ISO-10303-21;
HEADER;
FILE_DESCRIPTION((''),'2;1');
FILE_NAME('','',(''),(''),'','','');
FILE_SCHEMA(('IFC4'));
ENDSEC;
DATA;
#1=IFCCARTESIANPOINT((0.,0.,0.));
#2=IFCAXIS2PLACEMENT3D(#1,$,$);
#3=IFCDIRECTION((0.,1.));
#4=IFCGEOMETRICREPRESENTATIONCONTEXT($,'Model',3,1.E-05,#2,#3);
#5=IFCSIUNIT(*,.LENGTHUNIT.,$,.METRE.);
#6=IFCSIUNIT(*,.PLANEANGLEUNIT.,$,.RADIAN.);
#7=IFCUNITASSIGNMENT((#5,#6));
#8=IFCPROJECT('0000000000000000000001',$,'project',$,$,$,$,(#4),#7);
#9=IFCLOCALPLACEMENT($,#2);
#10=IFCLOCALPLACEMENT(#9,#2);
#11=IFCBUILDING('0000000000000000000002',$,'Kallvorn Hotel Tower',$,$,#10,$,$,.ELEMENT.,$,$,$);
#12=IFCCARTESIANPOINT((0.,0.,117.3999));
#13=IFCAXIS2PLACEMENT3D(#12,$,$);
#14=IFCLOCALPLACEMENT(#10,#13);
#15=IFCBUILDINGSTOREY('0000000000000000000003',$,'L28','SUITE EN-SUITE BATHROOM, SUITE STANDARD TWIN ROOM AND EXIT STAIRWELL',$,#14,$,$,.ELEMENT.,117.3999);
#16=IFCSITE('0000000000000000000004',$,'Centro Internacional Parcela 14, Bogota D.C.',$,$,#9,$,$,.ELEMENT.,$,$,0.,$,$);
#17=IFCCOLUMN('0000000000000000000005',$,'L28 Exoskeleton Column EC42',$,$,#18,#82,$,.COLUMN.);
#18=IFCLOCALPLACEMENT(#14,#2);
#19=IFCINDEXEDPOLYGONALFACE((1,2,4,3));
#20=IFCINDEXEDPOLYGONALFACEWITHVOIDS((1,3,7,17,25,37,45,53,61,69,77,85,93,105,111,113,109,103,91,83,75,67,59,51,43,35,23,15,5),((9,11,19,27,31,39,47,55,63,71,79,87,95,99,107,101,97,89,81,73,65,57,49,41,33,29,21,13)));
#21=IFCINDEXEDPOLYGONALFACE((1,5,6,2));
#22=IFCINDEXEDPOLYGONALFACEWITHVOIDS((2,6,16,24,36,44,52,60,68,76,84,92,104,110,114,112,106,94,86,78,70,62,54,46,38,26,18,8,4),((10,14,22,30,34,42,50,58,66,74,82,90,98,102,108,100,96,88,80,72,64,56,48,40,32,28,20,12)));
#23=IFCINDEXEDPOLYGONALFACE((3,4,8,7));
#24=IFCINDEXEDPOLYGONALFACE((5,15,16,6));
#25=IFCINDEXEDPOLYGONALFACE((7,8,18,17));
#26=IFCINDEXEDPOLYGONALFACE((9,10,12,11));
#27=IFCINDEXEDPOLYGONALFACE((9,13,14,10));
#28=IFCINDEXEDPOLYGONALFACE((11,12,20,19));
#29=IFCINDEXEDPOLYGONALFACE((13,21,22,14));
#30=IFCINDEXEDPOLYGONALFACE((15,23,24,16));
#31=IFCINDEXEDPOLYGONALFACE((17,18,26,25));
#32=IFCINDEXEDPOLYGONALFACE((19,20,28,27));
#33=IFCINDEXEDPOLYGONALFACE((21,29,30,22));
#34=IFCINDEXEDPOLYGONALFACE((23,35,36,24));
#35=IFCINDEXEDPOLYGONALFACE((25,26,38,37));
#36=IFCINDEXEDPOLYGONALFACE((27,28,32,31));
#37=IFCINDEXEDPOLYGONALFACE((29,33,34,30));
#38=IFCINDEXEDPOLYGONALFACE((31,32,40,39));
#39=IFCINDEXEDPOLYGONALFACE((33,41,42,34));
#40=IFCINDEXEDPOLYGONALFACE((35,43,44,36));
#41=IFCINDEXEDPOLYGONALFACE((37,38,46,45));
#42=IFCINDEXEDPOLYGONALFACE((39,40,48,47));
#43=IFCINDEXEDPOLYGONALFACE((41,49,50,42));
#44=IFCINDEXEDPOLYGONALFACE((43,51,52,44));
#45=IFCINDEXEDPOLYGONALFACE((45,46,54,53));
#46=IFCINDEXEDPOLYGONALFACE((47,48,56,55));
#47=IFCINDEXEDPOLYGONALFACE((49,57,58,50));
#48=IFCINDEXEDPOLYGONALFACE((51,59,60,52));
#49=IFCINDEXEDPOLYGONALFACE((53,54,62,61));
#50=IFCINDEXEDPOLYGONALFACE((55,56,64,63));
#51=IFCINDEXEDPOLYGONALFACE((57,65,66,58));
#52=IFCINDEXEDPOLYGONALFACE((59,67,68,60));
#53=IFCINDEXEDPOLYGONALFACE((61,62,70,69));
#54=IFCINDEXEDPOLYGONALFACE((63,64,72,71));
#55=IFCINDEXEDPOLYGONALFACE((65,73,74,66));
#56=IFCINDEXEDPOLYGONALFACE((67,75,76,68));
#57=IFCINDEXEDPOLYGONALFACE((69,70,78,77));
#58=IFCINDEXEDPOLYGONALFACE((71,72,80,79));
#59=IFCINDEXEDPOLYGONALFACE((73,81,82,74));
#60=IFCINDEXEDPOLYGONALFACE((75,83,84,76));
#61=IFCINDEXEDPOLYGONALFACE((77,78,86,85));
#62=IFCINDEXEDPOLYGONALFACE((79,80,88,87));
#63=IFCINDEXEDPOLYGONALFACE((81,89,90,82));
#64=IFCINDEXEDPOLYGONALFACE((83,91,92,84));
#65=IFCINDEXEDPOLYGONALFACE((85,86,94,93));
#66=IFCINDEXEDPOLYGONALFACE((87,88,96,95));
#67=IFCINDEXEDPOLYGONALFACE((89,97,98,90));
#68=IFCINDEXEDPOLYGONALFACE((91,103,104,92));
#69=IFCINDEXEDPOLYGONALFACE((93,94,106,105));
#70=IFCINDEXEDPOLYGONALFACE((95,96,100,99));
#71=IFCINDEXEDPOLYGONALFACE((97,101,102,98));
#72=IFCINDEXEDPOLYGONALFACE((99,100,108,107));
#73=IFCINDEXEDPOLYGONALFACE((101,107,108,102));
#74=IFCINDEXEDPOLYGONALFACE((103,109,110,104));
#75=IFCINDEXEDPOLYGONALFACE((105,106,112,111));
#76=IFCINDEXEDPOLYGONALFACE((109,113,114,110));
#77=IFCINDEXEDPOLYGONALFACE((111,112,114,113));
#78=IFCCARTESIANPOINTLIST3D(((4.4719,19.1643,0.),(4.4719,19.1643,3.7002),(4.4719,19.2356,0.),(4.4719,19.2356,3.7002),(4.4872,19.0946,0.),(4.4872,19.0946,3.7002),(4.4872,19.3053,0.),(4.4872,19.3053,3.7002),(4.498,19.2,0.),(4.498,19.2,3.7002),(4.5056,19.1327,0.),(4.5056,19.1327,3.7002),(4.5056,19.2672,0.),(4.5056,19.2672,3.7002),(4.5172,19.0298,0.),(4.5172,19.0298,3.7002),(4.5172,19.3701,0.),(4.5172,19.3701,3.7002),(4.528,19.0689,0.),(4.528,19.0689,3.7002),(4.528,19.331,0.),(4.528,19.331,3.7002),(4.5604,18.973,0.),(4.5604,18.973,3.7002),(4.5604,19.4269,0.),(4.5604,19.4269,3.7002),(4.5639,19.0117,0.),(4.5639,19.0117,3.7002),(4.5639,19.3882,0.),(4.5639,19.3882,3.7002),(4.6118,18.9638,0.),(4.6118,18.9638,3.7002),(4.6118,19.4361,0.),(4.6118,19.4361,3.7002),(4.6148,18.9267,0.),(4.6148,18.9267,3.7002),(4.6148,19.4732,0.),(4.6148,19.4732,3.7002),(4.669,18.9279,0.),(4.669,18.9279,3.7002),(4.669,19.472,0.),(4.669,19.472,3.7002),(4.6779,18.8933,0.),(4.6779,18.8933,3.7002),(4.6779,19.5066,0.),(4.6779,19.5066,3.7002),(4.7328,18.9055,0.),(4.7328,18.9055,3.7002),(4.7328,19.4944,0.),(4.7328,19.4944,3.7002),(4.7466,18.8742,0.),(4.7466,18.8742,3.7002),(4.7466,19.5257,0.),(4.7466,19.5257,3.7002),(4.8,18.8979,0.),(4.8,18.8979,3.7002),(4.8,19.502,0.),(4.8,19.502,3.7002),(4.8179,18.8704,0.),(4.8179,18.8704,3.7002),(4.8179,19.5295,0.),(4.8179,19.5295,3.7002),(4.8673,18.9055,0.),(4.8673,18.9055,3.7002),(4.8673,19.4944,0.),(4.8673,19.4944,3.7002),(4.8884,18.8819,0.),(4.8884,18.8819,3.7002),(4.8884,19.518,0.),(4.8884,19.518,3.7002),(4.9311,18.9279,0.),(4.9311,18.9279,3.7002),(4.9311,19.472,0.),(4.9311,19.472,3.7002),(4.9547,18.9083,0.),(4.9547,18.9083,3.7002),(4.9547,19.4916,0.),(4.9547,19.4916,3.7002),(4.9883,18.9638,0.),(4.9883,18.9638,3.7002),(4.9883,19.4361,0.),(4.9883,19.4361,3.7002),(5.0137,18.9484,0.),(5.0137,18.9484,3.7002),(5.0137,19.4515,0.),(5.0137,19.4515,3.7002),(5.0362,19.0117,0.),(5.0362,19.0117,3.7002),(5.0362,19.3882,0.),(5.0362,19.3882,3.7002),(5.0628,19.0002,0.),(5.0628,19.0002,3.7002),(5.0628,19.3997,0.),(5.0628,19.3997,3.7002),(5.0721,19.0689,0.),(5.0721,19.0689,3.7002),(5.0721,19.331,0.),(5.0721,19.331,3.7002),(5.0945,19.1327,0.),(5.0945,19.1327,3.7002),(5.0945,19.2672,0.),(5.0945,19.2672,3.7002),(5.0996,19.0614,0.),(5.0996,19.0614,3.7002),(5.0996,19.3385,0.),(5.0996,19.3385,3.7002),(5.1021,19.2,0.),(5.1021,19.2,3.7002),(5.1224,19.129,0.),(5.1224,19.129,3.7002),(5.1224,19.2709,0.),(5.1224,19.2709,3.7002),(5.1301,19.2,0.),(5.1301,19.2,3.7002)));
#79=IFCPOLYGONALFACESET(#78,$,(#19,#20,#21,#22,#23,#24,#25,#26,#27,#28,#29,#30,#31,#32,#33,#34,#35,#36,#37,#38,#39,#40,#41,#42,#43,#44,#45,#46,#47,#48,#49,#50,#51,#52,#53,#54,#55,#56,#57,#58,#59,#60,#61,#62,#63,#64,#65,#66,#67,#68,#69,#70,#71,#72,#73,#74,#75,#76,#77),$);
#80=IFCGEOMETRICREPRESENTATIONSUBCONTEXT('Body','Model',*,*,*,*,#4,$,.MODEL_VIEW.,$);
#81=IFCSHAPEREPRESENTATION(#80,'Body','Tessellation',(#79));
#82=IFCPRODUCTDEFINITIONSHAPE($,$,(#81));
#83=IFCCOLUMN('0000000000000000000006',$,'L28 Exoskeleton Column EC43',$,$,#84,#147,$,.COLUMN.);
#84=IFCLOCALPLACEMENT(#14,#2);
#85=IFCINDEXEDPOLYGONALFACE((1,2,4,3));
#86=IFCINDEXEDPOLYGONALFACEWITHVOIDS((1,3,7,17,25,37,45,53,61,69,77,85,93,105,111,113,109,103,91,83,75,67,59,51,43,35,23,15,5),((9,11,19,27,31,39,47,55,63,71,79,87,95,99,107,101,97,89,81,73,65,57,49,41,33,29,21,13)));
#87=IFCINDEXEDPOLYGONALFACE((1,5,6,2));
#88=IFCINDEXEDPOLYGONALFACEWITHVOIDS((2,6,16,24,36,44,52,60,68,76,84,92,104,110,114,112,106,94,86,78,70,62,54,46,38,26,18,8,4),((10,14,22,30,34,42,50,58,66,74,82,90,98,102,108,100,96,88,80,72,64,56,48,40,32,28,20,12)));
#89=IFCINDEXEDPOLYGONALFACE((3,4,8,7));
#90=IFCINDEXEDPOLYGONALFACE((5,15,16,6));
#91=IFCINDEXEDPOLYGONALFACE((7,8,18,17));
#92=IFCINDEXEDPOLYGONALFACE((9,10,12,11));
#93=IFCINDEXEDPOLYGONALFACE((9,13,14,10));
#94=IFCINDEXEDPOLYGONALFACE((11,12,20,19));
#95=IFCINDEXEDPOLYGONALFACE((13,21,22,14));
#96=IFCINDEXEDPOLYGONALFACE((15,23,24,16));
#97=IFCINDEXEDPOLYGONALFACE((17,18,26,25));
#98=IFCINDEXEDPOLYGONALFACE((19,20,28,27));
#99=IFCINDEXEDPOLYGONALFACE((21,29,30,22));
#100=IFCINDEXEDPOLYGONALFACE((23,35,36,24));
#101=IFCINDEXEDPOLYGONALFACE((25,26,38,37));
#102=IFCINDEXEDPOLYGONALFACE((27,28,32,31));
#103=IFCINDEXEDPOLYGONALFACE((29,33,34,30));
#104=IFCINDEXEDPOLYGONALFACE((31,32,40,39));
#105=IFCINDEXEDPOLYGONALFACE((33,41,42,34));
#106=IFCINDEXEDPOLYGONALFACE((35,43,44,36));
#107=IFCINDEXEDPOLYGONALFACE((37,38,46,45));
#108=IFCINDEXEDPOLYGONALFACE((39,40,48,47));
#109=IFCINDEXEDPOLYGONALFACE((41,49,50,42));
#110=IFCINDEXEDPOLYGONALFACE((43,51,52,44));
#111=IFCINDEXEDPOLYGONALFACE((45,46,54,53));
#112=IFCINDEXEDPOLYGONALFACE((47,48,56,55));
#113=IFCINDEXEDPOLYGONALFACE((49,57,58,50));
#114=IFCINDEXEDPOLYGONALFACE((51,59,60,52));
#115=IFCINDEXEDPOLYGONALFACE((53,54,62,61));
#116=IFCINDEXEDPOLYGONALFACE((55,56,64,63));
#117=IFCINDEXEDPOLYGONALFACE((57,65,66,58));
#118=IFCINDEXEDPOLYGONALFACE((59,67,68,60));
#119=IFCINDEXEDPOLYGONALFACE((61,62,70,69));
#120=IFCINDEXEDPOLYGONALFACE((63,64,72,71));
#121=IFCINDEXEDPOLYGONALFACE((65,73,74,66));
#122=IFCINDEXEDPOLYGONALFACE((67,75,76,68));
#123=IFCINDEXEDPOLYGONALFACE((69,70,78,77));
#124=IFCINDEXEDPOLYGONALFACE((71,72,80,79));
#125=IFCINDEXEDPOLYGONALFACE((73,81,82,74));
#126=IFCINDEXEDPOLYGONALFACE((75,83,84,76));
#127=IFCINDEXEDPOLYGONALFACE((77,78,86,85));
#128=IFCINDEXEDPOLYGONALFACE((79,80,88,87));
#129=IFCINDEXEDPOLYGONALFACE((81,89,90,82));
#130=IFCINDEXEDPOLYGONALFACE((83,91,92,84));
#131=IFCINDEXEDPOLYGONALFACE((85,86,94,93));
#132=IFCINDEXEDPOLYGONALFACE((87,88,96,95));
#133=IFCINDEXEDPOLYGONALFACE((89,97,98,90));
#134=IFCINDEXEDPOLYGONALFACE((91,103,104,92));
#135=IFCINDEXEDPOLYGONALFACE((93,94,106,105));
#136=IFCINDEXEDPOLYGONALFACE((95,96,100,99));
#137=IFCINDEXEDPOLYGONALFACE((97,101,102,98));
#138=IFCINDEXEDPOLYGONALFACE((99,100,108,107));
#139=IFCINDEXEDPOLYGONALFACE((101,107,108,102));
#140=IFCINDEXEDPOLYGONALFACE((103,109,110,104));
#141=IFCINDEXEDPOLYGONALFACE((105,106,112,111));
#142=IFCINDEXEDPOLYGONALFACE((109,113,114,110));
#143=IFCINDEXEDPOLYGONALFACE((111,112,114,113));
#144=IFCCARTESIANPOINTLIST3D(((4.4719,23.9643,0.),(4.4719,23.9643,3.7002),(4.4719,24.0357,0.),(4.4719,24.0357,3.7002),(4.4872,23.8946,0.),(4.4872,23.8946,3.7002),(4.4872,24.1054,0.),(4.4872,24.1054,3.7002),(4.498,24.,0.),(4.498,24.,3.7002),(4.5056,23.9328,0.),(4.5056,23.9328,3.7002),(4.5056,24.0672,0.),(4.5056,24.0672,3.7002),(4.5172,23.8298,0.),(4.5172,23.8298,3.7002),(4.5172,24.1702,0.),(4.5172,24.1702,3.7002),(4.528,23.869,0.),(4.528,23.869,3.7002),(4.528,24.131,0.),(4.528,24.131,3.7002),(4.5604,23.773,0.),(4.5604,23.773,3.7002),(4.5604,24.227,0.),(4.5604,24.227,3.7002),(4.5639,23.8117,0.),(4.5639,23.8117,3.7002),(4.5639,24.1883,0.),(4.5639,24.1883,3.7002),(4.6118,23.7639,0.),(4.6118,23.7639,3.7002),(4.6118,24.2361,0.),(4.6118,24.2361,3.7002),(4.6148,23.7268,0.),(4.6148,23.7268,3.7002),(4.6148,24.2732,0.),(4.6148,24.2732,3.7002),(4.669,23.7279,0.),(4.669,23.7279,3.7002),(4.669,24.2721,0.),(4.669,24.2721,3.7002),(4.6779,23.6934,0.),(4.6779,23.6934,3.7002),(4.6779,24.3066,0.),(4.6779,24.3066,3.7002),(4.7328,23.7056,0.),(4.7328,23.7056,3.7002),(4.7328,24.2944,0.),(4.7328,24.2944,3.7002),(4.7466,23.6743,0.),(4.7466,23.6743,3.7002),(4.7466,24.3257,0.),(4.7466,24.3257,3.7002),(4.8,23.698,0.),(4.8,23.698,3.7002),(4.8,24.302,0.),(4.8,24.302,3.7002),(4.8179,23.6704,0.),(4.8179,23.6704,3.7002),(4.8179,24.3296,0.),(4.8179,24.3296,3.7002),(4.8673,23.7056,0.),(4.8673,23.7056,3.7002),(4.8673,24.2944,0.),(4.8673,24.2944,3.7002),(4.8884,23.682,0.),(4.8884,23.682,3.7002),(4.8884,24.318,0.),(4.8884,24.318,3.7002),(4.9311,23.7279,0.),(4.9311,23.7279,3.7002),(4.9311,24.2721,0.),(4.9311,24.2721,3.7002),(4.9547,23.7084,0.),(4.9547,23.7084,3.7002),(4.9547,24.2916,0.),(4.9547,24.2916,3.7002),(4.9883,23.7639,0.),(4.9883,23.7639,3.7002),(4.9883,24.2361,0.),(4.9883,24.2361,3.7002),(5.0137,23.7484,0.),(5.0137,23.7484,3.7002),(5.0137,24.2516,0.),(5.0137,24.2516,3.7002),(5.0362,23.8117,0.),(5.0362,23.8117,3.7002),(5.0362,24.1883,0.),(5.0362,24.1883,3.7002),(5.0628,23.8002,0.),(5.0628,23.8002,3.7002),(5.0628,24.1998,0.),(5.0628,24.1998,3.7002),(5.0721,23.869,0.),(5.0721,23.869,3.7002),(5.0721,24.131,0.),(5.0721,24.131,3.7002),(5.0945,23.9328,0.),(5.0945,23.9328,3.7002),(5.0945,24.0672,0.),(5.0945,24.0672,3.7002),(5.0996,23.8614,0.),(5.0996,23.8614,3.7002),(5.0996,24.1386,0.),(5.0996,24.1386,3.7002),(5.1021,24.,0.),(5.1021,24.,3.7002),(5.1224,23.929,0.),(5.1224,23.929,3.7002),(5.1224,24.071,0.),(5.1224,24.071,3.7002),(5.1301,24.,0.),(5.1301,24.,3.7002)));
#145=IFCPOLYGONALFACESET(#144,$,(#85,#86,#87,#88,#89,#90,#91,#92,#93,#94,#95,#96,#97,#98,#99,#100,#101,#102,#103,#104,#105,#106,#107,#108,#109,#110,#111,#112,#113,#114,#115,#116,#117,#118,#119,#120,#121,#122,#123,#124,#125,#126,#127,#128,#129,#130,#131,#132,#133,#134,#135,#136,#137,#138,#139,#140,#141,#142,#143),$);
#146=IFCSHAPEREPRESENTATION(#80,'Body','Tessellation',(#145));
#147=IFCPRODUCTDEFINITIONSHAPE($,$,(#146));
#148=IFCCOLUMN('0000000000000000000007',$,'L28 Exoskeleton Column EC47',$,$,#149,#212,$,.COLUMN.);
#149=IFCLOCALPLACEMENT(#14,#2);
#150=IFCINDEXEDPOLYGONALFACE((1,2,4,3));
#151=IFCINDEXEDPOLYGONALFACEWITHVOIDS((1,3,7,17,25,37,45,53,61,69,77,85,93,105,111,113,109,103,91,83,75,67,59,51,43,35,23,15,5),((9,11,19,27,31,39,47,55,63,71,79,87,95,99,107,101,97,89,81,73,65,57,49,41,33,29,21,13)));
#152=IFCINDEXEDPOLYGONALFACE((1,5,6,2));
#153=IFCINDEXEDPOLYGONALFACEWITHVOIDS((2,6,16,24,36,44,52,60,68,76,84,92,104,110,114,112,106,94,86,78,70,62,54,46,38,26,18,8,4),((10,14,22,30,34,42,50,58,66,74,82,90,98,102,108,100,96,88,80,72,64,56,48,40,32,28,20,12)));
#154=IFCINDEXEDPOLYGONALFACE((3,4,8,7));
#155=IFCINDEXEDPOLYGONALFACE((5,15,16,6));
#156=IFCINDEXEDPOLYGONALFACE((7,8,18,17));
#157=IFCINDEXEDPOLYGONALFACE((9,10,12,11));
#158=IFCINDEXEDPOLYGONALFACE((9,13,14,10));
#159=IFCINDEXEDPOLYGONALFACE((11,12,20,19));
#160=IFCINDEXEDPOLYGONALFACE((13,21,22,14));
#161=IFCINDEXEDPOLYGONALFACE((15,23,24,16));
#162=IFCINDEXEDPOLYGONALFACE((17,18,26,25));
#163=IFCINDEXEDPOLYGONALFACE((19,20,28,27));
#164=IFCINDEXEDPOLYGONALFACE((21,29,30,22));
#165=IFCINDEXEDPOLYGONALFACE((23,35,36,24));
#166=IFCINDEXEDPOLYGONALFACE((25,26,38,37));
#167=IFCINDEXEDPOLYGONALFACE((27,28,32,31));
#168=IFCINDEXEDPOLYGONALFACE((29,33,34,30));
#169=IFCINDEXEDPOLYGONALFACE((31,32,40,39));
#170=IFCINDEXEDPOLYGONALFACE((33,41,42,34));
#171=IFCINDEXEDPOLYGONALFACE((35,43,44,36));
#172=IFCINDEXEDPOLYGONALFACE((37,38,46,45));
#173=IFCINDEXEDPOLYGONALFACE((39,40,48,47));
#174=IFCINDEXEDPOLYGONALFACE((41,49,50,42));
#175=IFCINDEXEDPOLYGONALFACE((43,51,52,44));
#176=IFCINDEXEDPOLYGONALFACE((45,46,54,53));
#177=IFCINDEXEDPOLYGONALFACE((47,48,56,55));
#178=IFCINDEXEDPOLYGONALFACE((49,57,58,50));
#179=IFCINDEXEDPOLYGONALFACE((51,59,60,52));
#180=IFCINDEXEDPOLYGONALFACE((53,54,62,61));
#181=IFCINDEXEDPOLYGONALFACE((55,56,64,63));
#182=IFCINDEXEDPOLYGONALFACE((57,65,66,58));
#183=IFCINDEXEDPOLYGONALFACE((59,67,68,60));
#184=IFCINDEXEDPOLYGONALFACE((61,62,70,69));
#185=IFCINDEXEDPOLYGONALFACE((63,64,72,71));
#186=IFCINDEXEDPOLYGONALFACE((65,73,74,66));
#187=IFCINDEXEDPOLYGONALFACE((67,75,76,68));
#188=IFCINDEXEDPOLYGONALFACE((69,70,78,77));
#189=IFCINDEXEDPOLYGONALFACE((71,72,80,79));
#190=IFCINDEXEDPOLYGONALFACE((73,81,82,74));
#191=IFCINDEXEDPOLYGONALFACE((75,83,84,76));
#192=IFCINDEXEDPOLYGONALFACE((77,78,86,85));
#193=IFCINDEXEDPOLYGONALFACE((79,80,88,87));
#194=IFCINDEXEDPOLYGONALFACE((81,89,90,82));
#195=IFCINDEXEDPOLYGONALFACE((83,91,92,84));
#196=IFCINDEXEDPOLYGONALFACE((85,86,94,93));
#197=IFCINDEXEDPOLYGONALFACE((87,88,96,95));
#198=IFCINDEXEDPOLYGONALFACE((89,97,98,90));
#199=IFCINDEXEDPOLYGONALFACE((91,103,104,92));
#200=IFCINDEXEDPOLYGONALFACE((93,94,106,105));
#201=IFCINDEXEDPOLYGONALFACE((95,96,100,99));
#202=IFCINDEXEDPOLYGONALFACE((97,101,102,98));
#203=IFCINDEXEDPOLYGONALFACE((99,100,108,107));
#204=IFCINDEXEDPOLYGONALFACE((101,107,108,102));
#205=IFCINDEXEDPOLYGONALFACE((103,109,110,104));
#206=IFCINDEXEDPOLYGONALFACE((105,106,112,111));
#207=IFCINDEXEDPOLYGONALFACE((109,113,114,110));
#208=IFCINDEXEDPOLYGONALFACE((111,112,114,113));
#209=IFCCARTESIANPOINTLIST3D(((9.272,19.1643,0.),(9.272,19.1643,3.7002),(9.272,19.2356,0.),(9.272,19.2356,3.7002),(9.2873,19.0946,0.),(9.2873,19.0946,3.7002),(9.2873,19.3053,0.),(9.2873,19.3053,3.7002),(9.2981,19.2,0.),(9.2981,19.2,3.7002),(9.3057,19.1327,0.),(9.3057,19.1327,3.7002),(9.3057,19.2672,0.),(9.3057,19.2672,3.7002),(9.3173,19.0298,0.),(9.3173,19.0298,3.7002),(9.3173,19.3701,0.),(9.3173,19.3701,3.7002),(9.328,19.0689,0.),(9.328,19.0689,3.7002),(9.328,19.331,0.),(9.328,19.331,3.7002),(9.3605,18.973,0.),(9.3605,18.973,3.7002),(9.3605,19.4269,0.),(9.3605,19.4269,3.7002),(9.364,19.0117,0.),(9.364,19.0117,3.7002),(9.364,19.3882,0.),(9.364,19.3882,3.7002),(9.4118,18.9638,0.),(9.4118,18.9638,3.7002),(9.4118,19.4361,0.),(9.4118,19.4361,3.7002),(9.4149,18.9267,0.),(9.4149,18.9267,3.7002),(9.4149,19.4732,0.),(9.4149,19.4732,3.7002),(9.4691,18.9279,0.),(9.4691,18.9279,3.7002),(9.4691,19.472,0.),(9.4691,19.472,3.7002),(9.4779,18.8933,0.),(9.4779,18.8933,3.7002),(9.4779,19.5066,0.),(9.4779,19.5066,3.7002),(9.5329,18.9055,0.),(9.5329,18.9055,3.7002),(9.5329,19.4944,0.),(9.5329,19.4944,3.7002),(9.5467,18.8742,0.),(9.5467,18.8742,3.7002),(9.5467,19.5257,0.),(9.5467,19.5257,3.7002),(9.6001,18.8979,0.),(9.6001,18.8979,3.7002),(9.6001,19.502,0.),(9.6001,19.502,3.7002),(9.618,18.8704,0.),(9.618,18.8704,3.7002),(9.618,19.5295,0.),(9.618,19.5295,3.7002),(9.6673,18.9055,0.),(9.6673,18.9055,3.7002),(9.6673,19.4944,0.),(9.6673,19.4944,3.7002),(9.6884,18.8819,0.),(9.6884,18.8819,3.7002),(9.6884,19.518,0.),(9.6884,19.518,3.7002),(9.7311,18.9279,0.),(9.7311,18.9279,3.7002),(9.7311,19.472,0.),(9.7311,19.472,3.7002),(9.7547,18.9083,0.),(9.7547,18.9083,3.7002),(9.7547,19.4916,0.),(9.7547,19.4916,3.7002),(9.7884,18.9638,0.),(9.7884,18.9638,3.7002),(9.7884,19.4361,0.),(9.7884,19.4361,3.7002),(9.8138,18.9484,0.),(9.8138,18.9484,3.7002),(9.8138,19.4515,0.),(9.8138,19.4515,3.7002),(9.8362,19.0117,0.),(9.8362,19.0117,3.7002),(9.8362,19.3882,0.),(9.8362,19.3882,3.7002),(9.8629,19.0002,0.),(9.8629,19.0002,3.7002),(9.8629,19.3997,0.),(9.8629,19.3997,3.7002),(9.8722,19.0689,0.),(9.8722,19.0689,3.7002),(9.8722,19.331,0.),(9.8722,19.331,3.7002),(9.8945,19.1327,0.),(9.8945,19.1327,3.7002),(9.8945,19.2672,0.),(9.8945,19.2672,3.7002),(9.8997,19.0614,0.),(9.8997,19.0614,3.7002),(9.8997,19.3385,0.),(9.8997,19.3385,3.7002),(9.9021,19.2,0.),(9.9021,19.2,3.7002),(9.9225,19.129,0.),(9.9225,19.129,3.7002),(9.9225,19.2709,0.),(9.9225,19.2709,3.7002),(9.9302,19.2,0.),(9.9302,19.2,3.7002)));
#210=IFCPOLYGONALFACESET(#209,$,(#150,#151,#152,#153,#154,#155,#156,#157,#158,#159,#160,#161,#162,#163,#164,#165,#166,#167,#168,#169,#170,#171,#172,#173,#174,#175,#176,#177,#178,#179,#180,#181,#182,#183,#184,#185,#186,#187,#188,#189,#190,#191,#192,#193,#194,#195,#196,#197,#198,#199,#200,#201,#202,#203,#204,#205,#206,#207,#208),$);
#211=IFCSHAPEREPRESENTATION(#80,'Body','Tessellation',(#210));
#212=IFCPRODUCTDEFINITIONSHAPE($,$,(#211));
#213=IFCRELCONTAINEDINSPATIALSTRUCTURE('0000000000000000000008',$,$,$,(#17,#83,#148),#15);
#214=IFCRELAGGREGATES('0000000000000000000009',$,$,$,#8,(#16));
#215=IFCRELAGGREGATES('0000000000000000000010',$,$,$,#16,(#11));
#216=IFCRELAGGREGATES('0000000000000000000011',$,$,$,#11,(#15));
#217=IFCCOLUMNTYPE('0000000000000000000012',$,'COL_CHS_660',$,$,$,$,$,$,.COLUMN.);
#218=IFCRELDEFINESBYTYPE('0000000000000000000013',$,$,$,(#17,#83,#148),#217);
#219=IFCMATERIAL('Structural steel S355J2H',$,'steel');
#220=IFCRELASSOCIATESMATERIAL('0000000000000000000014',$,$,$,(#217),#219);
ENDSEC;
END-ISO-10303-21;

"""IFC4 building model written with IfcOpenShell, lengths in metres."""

from ifc_helpers import new_model, si_unit, direction, frame, origin, origin_2d, place, context, subcontext, project, spatial, hollow_circle, extrude, material, material_profile, profile_set, type_object, element, save


model = new_model("IFC4")

# Units and contexts
model_context = context("Model", 3, precision=1e-05, world=origin(), true_north=direction((0.0, 1.0)))
body_context = subcontext(model_context, "Body", "Model", "MODEL_VIEW")
ifc_project = project(units=[si_unit("LENGTHUNIT", "METRE"), si_unit("PLANEANGLEUNIT", "RADIAN")], contexts=[model_context])

# Site, building, storey
site_placement = place(None, origin())
site = spatial("IfcSite", under=ifc_project, at=site_placement, Name="Centro Internacional Parcela 14, Bogota D.C.", CompositionType="ELEMENT", RefElevation=0.0)
building_placement = place(site_placement, origin())
building = spatial("IfcBuilding", under=site, at=building_placement, Name="Kallvorn Hotel Tower", CompositionType="ELEMENT")
storey_placement = place(building_placement, frame((0.0, 0.0, 117.3999)))
storey = spatial("IfcBuildingStorey", under=building, at=storey_placement, Name="L28", Description="SUITE EN-SUITE BATHROOM, SUITE STANDARD TWIN ROOM AND EXIT STAIRWELL", CompositionType="ELEMENT", Elevation=117.3999)

# Columns
ifc_material_1 = material(Name="Structural steel S355J2H", Category="steel")
ifc_material_profile_1 = material_profile(ifc_material_1, hollow_circle(Radius=0.3301, WallThickness=0.0281, at=origin_2d()), Name="CHS 660x28")
ifc_profile_set_1 = profile_set([ifc_material_profile_1], Name="Structural steel S355J2H")
column_type_1 = type_object("IfcColumnType", Name="COL_CHS_660", PredefinedType="COLUMN", material=ifc_profile_set_1)
for number, where, z_axis, x_axis, name in (
    (1, (4.8, 19.2, 0.0), (0.0, 0.0, 1.0), (1.0, 0.0, 0.0), "L28 Exoskeleton Column EC42"),
    (2, (4.8, 24.0, 0.0), (0.0, 0.0, 1.0), (1.0, 0.0, 0.0), "L28 Exoskeleton Column EC43"),
    (3, (9.6001, 19.2, 0.0), (0.0, 0.0, 1.0), (1.0, 0.0, 0.0), "L28 Exoskeleton Column EC47"),
):
    element("IfcColumn", number, at=place(storey_placement, frame(where, z_axis=z_axis, x_axis=x_axis)), inside=storey, type_object=column_type_1, Name=name, PredefinedType="COLUMN", context=body_context, shape_type="SweptSolid", body=[
        extrude(hollow_circle(Radius=0.3301, WallThickness=0.0281, at=origin_2d()), origin(), (0.0, 0.0, 1.0), 3.7002),
    ])

save(model, "model.ifc")
